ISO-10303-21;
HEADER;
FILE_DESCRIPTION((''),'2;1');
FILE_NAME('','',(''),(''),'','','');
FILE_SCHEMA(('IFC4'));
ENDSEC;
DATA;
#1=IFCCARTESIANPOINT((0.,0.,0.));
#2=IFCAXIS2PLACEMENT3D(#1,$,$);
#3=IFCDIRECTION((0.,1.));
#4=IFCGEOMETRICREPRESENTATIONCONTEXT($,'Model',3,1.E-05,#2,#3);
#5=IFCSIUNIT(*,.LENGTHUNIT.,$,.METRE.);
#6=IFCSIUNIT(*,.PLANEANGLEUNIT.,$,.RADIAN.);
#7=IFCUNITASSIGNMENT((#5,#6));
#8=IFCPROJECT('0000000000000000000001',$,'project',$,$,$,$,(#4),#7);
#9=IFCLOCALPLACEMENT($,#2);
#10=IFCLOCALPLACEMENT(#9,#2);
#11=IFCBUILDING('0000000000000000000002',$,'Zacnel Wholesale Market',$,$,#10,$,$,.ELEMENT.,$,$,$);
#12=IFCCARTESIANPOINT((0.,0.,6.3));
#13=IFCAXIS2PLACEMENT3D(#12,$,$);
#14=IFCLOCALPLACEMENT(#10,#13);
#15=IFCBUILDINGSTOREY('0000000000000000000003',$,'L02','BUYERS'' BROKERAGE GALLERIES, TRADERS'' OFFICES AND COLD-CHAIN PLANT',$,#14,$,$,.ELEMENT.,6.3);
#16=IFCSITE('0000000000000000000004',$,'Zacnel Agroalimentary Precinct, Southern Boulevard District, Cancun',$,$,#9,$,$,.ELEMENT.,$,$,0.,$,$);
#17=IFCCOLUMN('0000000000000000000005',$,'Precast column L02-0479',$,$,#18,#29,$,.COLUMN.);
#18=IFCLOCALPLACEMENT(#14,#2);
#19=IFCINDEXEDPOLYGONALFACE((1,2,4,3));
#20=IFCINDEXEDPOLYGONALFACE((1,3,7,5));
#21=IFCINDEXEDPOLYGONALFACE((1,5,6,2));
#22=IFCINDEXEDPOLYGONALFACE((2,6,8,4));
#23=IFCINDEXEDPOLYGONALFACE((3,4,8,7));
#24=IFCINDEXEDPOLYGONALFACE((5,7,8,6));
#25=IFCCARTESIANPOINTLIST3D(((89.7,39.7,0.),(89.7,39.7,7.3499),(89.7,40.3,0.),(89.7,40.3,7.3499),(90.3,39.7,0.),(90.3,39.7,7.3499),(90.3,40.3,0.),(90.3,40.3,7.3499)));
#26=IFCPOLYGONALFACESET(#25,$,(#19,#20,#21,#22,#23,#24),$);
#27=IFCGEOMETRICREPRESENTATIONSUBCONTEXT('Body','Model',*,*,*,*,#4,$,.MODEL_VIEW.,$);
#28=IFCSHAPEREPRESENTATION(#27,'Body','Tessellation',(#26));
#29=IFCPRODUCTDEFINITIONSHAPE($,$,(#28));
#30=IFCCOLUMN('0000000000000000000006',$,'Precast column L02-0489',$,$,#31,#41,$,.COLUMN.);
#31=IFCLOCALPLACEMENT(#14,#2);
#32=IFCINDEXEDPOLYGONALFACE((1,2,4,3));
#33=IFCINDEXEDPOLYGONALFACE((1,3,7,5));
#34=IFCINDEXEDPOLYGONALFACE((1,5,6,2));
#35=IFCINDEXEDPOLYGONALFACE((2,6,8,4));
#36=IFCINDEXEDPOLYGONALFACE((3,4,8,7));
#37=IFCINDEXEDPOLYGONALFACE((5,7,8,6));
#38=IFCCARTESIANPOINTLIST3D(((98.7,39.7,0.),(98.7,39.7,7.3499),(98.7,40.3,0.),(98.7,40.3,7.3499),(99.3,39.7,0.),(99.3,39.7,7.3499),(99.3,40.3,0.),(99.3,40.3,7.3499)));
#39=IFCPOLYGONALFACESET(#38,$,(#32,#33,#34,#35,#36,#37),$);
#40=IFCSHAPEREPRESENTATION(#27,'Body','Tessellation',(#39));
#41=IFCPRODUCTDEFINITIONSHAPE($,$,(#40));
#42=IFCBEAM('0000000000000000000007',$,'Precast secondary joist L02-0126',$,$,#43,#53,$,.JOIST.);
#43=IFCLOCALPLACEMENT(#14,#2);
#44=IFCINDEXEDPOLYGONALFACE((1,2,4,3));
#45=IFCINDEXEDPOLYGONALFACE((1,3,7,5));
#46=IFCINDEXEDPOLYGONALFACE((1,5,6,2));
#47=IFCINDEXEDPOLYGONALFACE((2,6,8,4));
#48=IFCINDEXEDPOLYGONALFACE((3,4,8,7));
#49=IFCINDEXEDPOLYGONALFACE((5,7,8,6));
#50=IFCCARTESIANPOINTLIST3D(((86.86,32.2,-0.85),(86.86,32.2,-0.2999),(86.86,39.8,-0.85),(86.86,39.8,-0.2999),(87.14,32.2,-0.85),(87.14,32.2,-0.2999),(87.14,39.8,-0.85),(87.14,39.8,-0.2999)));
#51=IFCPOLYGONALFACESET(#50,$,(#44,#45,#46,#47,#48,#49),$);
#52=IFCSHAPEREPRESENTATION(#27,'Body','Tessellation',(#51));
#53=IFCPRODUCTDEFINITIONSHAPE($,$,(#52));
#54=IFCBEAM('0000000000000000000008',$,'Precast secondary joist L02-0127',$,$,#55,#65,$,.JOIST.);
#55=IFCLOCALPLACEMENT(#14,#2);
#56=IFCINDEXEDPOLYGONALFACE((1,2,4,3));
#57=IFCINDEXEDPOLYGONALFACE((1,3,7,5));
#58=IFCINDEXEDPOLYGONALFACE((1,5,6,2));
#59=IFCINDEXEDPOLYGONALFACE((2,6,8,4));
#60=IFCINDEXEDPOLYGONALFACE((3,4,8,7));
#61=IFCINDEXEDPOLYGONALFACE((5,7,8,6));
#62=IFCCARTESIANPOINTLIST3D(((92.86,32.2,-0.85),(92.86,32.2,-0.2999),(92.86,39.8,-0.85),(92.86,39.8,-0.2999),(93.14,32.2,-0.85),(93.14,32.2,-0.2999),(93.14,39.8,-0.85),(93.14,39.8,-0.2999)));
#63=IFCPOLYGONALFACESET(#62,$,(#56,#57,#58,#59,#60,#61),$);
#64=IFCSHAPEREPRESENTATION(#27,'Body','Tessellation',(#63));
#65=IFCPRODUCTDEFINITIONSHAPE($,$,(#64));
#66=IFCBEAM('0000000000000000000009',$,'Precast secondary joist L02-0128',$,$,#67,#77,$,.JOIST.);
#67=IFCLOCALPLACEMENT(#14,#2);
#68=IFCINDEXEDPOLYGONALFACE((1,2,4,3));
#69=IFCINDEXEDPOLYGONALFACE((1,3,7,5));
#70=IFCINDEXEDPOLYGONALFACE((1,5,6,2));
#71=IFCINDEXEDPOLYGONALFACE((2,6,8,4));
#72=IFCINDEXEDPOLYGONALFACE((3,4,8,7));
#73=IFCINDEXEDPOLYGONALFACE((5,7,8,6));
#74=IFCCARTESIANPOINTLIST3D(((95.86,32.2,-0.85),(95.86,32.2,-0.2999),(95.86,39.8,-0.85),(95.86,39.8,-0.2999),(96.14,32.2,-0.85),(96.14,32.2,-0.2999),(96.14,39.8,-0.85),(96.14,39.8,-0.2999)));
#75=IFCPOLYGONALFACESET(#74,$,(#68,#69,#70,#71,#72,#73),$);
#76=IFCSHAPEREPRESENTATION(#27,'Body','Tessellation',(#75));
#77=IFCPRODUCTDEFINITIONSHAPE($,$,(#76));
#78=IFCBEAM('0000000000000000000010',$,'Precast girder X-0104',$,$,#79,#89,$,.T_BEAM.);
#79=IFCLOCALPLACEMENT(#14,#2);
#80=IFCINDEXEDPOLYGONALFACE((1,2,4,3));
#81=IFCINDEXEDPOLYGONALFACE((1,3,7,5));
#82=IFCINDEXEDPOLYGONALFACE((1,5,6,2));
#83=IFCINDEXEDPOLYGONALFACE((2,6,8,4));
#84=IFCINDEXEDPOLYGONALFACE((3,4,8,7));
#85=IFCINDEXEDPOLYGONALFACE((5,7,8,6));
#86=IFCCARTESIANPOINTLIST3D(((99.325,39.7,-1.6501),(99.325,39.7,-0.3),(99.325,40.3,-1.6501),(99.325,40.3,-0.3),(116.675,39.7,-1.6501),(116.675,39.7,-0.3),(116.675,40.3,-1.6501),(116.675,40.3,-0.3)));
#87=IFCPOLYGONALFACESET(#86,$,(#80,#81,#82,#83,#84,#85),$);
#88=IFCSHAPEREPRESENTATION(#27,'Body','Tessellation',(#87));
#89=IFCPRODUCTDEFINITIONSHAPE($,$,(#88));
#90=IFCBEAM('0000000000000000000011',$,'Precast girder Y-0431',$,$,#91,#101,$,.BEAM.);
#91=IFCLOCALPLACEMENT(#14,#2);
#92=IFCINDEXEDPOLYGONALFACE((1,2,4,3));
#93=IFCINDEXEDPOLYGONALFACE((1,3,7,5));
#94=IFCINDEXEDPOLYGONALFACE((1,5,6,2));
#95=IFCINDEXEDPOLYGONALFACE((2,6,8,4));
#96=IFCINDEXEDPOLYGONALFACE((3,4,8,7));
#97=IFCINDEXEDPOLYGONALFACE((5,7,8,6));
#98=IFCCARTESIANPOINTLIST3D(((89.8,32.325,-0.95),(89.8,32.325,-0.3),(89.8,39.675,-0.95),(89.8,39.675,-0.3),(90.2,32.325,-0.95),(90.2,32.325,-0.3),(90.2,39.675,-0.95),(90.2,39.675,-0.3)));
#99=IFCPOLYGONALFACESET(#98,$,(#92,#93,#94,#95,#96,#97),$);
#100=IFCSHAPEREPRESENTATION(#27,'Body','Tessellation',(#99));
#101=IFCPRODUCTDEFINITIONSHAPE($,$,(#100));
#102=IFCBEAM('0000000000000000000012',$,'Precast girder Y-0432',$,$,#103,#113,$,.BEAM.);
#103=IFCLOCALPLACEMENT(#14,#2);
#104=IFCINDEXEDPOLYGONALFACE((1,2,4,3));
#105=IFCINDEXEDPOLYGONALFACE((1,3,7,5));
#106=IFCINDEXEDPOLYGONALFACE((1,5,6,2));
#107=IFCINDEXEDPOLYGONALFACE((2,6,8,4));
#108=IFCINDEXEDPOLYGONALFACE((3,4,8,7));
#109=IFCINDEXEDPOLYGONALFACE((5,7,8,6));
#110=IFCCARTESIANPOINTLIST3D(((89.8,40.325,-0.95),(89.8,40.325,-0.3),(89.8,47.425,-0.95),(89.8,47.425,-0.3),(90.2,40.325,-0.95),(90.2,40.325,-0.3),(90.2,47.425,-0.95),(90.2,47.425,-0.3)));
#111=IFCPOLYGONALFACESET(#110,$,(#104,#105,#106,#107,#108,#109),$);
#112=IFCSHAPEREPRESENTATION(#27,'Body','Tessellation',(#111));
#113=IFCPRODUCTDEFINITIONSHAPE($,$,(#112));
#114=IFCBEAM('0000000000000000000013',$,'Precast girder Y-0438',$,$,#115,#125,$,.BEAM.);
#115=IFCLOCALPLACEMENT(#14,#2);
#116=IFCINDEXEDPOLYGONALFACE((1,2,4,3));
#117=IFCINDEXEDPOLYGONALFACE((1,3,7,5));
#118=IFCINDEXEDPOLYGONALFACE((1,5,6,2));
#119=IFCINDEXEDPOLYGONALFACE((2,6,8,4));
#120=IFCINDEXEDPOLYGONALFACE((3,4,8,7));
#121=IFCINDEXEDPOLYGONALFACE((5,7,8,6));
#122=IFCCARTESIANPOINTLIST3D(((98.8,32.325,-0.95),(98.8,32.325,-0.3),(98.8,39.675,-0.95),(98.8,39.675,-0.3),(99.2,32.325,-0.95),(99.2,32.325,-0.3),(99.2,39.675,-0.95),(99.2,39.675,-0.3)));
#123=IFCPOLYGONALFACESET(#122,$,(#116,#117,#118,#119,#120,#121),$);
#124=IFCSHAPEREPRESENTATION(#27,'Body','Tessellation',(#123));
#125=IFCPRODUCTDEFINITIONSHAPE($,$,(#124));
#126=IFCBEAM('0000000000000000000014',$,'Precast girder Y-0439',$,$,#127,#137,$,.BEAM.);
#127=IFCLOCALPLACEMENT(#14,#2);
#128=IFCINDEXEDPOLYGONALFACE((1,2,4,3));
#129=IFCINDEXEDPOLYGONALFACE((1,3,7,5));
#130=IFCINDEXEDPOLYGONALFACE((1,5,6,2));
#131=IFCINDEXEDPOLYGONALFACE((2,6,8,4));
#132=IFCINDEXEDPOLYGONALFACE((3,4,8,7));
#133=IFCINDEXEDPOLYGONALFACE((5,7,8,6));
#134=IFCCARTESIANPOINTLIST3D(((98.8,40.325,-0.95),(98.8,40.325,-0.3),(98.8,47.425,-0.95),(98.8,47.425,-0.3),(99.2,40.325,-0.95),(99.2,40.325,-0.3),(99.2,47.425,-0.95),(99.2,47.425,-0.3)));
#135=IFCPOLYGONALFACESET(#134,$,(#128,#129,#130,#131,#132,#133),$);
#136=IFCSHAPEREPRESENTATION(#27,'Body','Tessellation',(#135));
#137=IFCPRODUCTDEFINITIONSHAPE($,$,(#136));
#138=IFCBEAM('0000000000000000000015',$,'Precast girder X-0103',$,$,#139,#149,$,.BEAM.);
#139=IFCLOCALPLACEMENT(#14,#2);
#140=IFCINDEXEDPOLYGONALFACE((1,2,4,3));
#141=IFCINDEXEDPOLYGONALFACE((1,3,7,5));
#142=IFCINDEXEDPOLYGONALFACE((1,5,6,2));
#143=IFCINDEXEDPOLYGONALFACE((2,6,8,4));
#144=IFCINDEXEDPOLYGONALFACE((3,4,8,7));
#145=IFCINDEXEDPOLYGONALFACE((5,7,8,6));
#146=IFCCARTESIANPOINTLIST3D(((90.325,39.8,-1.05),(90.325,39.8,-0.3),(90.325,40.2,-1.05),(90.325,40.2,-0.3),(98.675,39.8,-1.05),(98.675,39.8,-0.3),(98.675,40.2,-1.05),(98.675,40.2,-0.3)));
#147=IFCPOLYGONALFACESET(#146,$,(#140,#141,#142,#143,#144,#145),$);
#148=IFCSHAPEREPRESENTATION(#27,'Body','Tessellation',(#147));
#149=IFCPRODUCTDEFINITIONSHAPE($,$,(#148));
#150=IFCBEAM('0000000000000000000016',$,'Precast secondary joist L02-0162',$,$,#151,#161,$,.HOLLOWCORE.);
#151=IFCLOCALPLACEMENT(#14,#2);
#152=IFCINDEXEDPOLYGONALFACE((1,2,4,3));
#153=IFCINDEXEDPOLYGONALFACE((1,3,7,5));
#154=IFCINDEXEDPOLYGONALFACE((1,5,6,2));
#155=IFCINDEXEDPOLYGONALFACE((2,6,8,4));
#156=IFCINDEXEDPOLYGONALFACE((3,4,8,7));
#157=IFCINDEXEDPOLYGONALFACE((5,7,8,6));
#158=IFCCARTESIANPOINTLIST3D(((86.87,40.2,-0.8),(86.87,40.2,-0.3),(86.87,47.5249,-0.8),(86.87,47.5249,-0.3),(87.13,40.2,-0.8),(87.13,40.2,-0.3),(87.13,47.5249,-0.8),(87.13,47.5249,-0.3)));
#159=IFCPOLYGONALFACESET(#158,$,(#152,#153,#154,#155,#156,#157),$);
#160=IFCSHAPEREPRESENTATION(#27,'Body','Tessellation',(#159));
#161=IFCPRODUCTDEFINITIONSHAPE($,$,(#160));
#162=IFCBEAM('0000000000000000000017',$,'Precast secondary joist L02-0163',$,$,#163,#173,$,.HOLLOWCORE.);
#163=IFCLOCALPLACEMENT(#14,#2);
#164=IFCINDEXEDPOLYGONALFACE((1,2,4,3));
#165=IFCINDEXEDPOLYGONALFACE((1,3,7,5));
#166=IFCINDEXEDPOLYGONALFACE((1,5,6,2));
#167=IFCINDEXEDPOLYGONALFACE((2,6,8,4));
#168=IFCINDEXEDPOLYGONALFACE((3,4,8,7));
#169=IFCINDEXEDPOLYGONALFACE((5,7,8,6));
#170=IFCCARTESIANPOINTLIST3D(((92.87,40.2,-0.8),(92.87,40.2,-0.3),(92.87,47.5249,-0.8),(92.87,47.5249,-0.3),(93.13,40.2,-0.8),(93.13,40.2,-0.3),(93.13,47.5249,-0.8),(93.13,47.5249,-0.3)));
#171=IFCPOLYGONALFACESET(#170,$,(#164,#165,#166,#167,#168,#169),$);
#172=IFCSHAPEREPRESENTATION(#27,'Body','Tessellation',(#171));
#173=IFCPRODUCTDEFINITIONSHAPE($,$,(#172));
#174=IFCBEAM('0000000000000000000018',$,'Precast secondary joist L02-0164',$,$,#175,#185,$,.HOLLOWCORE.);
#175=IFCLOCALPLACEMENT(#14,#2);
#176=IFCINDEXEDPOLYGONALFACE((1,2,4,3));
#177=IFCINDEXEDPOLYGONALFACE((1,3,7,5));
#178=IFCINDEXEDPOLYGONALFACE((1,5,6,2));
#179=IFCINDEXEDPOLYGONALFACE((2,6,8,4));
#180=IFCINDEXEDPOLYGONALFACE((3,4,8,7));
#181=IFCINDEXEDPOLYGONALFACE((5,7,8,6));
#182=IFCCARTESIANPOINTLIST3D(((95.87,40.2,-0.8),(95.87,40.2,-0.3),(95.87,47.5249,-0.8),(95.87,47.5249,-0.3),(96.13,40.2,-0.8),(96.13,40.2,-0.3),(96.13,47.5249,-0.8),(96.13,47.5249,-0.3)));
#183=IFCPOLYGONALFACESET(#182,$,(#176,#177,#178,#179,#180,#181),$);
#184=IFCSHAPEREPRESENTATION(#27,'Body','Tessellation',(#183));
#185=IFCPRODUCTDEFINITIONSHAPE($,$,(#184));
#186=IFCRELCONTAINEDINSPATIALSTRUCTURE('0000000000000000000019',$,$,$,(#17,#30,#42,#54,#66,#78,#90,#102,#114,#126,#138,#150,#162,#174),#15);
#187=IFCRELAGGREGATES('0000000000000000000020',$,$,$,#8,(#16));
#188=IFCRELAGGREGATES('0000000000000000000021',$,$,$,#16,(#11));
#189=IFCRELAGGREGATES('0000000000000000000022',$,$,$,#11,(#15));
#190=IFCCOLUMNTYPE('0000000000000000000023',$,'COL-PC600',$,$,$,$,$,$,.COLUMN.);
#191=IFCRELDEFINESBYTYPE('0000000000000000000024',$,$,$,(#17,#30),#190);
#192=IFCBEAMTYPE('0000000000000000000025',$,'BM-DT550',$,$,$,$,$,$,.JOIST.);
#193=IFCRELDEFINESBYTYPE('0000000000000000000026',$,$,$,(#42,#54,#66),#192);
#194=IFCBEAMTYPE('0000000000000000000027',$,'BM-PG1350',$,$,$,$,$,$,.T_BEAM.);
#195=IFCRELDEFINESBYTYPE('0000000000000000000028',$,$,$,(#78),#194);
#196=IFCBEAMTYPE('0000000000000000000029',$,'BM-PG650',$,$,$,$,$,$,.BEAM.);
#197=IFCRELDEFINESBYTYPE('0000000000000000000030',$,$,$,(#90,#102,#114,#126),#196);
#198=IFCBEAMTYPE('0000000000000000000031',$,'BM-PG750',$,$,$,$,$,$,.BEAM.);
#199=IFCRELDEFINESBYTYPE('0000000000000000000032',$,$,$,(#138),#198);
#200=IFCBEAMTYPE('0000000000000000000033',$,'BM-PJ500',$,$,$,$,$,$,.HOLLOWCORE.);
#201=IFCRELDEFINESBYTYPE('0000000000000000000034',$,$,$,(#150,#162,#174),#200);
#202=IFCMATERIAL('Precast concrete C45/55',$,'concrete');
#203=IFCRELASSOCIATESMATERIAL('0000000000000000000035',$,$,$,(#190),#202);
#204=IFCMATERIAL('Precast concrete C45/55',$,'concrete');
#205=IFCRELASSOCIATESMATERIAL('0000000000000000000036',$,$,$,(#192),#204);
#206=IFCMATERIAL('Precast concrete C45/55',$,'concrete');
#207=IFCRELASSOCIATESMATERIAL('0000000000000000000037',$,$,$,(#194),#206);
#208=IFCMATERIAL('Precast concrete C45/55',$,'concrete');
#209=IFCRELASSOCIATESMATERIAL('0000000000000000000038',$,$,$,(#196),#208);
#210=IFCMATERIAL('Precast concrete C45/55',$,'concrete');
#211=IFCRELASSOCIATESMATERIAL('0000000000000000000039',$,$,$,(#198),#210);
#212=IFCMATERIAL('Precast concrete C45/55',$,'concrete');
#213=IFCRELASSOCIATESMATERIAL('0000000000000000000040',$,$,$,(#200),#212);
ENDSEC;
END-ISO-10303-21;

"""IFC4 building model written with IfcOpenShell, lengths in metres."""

from ifc_helpers import new_model, si_unit, direction, frame, origin, origin_2d, place, context, subcontext, project, spatial, rectangle, extrude, material, material_profile, profile_set, type_object, element, save


model = new_model("IFC4")

# Units and contexts
model_context = context("Model", 3, precision=1e-05, world=origin(), true_north=direction((0.0, 1.0)))
body_context = subcontext(model_context, "Body", "Model", "MODEL_VIEW")
ifc_project = project(units=[si_unit("LENGTHUNIT", "METRE"), si_unit("PLANEANGLEUNIT", "RADIAN")], contexts=[model_context])

# Site, building, storey
site_placement = place(None, origin())
site = spatial("IfcSite", under=ifc_project, at=site_placement, Name="Zacnel Agroalimentary Precinct, Southern Boulevard District, Cancun", CompositionType="ELEMENT", RefElevation=0.0)
building_placement = place(site_placement, origin())
building = spatial("IfcBuilding", under=site, at=building_placement, Name="Zacnel Wholesale Market", CompositionType="ELEMENT")
storey_placement = place(building_placement, frame((0.0, 0.0, 6.3)))
storey = spatial("IfcBuildingStorey", under=building, at=storey_placement, Name="L02", Description="BUYERS' BROKERAGE GALLERIES, TRADERS' OFFICES AND COLD-CHAIN PLANT", CompositionType="ELEMENT", Elevation=6.3)

# Columns
ifc_material_1 = material(Name="Precast concrete C45/55", Category="concrete")
ifc_material_profile_1 = material_profile(ifc_material_1, rectangle(XDim=0.6001, YDim=0.6001, at=origin_2d()), Name="PC 600x600")
ifc_profile_set_1 = profile_set([ifc_material_profile_1], Name="Precast concrete C45/55")
column_type = type_object("IfcColumnType", Name="COL-PC600", PredefinedType="COLUMN", material=ifc_profile_set_1)
for number, where, z_axis, x_axis, name in (
    (1, (90.0, 40.0, 0.0), (0.0, 0.0, 1.0), (1.0, 0.0, 0.0), "Precast column L02-0479"),
    (2, (99.0, 40.0, 0.0), (0.0, 0.0, 1.0), (1.0, 0.0, 0.0), "Precast column L02-0489"),
):
    element("IfcColumn", number, at=place(storey_placement, frame(where, z_axis=z_axis, x_axis=x_axis)), inside=storey, type_object=column_type, Name=name, PredefinedType="COLUMN", context=body_context, shape_type="SweptSolid", body=[
        extrude(rectangle(XDim=0.6001, YDim=0.6001, at=origin_2d()), origin(), (0.0, 0.0, 1.0), 7.3499),
    ])

# Beams
ifc_material_2 = material(Name="Precast concrete C45/55", Category="concrete")
ifc_material_profile_2 = material_profile(ifc_material_2, rectangle(XDim=0.28, YDim=0.55, at=origin_2d()), Name="DT RIB 280x550")
ifc_profile_set_2 = profile_set([ifc_material_profile_2], Name="Precast concrete C45/55")
beam_type_1 = type_object("IfcBeamType", Name="BM-DT550", PredefinedType="JOIST", material=ifc_profile_set_2)
for number, where, z_axis, x_axis, name in (
    (3, (87.0, 32.2, -0.575), (0.0, 1.0, 0.0), (-1.0, 0.0, 0.0), "Precast secondary joist L02-0126"),
    (4, (93.0, 32.2, -0.575), (0.0, 1.0, 0.0), (-1.0, 0.0, 0.0), "Precast secondary joist L02-0127"),
    (5, (96.0, 32.2, -0.575), (0.0, 1.0, 0.0), (-1.0, 0.0, 0.0), "Precast secondary joist L02-0128"),
):
    element("IfcBeam", number, at=place(storey_placement, frame(where, z_axis=z_axis, x_axis=x_axis)), inside=storey, type_object=beam_type_1, Name=name, PredefinedType="JOIST", context=body_context, shape_type="SweptSolid", body=[
        extrude(rectangle(XDim=0.28, YDim=0.55, at=origin_2d()), origin(), (0.0, 0.0, 1.0), 7.6001),
    ])
ifc_material_3 = material(Name="Precast concrete C45/55", Category="concrete")
ifc_material_profile_3 = material_profile(ifc_material_3, rectangle(XDim=0.6001, YDim=1.3501, at=origin_2d()), Name="PG 600x1350")
ifc_profile_set_3 = profile_set([ifc_material_profile_3], Name="Precast concrete C45/55")
beam_type_2 = type_object("IfcBeamType", Name="BM-PG1350", PredefinedType="T_BEAM", material=ifc_profile_set_3)
beam_1_placement = place(storey_placement, frame((99.325, 40.0, -0.9751), z_axis=(1.0, 0.0, 0.0), x_axis=(0.0, 1.0, 0.0)))
element("IfcBeam", 6, at=beam_1_placement, inside=storey, type_object=beam_type_2, Name="Precast girder X-0104", PredefinedType="T_BEAM", context=body_context, shape_type="SweptSolid", body=[
    extrude(rectangle(XDim=0.6001, YDim=1.3501, at=origin_2d()), origin(), (0.0, 0.0, 1.0), 17.3501),
])
ifc_material_4 = material(Name="Precast concrete C45/55", Category="concrete")
ifc_material_profile_4 = material_profile(ifc_material_4, rectangle(XDim=0.3999, YDim=0.6499, at=origin_2d()), Name="PG 400x650")
ifc_profile_set_4 = profile_set([ifc_material_profile_4], Name="Precast concrete C45/55")
beam_type_3 = type_object("IfcBeamType", Name="BM-PG650", PredefinedType="BEAM", material=ifc_profile_set_4)
beam_2_placement = place(storey_placement, frame((90.0, 32.325, -0.625), z_axis=(0.0, 1.0, 0.0), x_axis=(-1.0, 0.0, 0.0)))
element("IfcBeam", 7, at=beam_2_placement, inside=storey, type_object=beam_type_3, Name="Precast girder Y-0431", PredefinedType="BEAM", context=body_context, shape_type="SweptSolid", body=[
    extrude(rectangle(XDim=0.3999, YDim=0.6499, at=origin_2d()), origin(), (0.0, 0.0, 1.0), 7.3501),
])
beam_3_placement = place(storey_placement, frame((90.0, 40.325, -0.625), z_axis=(0.0, 1.0, 0.0), x_axis=(-1.0, 0.0, 0.0)))
element("IfcBeam", 8, at=beam_3_placement, inside=storey, type_object=beam_type_3, Name="Precast girder Y-0432", PredefinedType="BEAM", context=body_context, shape_type="SweptSolid", body=[
    extrude(rectangle(XDim=0.3999, YDim=0.6499, at=origin_2d()), origin(), (0.0, 0.0, 1.0), 7.1001),
])
beam_4_placement = place(storey_placement, frame((99.0, 32.325, -0.625), z_axis=(0.0, 1.0, 0.0), x_axis=(-1.0, 0.0, 0.0)))
element("IfcBeam", 9, at=beam_4_placement, inside=storey, type_object=beam_type_3, Name="Precast girder Y-0438", PredefinedType="BEAM", context=body_context, shape_type="SweptSolid", body=[
    extrude(rectangle(XDim=0.3999, YDim=0.6499, at=origin_2d()), origin(), (0.0, 0.0, 1.0), 7.3501),
])
beam_5_placement = place(storey_placement, frame((99.0, 40.325, -0.625), z_axis=(0.0, 1.0, 0.0), x_axis=(-1.0, 0.0, 0.0)))
element("IfcBeam", 10, at=beam_5_placement, inside=storey, type_object=beam_type_3, Name="Precast girder Y-0439", PredefinedType="BEAM", context=body_context, shape_type="SweptSolid", body=[
    extrude(rectangle(XDim=0.3999, YDim=0.6499, at=origin_2d()), origin(), (0.0, 0.0, 1.0), 7.1001),
])
ifc_material_5 = material(Name="Precast concrete C45/55", Category="concrete")
ifc_material_profile_5 = material_profile(ifc_material_5, rectangle(XDim=0.3999, YDim=0.75, at=origin_2d()), Name="PG 400x750")
ifc_profile_set_5 = profile_set([ifc_material_profile_5], Name="Precast concrete C45/55")
beam_type_4 = type_object("IfcBeamType", Name="BM-PG750", PredefinedType="BEAM", material=ifc_profile_set_5)
beam_6_placement = place(storey_placement, frame((90.325, 40.0, -0.675), z_axis=(1.0, 0.0, 0.0), x_axis=(0.0, 1.0, 0.0)))
element("IfcBeam", 11, at=beam_6_placement, inside=storey, type_object=beam_type_4, Name="Precast girder X-0103", PredefinedType="BEAM", context=body_context, shape_type="SweptSolid", body=[
    extrude(rectangle(XDim=0.3999, YDim=0.75, at=origin_2d()), origin(), (0.0, 0.0, 1.0), 8.3501),
])
ifc_material_6 = material(Name="Precast concrete C45/55", Category="concrete")
ifc_material_profile_6 = material_profile(ifc_material_6, rectangle(XDim=0.26, YDim=0.5, at=origin_2d()), Name="PJ 260x500")
ifc_profile_set_6 = profile_set([ifc_material_profile_6], Name="Precast concrete C45/55")
beam_type_5 = type_object("IfcBeamType", Name="BM-PJ500", PredefinedType="HOLLOWCORE", material=ifc_profile_set_6)
for number, where, z_axis, x_axis, name in (
    (12, (87.0, 40.2, -0.55), (0.0, 1.0, 0.0), (-1.0, 0.0, 0.0), "Precast secondary joist L02-0162"),
    (13, (93.0, 40.2, -0.55), (0.0, 1.0, 0.0), (-1.0, 0.0, 0.0), "Precast secondary joist L02-0163"),
    (14, (96.0, 40.2, -0.55), (0.0, 1.0, 0.0), (-1.0, 0.0, 0.0), "Precast secondary joist L02-0164"),
):
    element("IfcBeam", number, at=place(storey_placement, frame(where, z_axis=z_axis, x_axis=x_axis)), inside=storey, type_object=beam_type_5, Name=name, PredefinedType="HOLLOWCORE", context=body_context, shape_type="SweptSolid", body=[
        extrude(rectangle(XDim=0.26, YDim=0.5, at=origin_2d()), origin(), (0.0, 0.0, 1.0), 7.325),
    ])

save(model, "model.ifc")
